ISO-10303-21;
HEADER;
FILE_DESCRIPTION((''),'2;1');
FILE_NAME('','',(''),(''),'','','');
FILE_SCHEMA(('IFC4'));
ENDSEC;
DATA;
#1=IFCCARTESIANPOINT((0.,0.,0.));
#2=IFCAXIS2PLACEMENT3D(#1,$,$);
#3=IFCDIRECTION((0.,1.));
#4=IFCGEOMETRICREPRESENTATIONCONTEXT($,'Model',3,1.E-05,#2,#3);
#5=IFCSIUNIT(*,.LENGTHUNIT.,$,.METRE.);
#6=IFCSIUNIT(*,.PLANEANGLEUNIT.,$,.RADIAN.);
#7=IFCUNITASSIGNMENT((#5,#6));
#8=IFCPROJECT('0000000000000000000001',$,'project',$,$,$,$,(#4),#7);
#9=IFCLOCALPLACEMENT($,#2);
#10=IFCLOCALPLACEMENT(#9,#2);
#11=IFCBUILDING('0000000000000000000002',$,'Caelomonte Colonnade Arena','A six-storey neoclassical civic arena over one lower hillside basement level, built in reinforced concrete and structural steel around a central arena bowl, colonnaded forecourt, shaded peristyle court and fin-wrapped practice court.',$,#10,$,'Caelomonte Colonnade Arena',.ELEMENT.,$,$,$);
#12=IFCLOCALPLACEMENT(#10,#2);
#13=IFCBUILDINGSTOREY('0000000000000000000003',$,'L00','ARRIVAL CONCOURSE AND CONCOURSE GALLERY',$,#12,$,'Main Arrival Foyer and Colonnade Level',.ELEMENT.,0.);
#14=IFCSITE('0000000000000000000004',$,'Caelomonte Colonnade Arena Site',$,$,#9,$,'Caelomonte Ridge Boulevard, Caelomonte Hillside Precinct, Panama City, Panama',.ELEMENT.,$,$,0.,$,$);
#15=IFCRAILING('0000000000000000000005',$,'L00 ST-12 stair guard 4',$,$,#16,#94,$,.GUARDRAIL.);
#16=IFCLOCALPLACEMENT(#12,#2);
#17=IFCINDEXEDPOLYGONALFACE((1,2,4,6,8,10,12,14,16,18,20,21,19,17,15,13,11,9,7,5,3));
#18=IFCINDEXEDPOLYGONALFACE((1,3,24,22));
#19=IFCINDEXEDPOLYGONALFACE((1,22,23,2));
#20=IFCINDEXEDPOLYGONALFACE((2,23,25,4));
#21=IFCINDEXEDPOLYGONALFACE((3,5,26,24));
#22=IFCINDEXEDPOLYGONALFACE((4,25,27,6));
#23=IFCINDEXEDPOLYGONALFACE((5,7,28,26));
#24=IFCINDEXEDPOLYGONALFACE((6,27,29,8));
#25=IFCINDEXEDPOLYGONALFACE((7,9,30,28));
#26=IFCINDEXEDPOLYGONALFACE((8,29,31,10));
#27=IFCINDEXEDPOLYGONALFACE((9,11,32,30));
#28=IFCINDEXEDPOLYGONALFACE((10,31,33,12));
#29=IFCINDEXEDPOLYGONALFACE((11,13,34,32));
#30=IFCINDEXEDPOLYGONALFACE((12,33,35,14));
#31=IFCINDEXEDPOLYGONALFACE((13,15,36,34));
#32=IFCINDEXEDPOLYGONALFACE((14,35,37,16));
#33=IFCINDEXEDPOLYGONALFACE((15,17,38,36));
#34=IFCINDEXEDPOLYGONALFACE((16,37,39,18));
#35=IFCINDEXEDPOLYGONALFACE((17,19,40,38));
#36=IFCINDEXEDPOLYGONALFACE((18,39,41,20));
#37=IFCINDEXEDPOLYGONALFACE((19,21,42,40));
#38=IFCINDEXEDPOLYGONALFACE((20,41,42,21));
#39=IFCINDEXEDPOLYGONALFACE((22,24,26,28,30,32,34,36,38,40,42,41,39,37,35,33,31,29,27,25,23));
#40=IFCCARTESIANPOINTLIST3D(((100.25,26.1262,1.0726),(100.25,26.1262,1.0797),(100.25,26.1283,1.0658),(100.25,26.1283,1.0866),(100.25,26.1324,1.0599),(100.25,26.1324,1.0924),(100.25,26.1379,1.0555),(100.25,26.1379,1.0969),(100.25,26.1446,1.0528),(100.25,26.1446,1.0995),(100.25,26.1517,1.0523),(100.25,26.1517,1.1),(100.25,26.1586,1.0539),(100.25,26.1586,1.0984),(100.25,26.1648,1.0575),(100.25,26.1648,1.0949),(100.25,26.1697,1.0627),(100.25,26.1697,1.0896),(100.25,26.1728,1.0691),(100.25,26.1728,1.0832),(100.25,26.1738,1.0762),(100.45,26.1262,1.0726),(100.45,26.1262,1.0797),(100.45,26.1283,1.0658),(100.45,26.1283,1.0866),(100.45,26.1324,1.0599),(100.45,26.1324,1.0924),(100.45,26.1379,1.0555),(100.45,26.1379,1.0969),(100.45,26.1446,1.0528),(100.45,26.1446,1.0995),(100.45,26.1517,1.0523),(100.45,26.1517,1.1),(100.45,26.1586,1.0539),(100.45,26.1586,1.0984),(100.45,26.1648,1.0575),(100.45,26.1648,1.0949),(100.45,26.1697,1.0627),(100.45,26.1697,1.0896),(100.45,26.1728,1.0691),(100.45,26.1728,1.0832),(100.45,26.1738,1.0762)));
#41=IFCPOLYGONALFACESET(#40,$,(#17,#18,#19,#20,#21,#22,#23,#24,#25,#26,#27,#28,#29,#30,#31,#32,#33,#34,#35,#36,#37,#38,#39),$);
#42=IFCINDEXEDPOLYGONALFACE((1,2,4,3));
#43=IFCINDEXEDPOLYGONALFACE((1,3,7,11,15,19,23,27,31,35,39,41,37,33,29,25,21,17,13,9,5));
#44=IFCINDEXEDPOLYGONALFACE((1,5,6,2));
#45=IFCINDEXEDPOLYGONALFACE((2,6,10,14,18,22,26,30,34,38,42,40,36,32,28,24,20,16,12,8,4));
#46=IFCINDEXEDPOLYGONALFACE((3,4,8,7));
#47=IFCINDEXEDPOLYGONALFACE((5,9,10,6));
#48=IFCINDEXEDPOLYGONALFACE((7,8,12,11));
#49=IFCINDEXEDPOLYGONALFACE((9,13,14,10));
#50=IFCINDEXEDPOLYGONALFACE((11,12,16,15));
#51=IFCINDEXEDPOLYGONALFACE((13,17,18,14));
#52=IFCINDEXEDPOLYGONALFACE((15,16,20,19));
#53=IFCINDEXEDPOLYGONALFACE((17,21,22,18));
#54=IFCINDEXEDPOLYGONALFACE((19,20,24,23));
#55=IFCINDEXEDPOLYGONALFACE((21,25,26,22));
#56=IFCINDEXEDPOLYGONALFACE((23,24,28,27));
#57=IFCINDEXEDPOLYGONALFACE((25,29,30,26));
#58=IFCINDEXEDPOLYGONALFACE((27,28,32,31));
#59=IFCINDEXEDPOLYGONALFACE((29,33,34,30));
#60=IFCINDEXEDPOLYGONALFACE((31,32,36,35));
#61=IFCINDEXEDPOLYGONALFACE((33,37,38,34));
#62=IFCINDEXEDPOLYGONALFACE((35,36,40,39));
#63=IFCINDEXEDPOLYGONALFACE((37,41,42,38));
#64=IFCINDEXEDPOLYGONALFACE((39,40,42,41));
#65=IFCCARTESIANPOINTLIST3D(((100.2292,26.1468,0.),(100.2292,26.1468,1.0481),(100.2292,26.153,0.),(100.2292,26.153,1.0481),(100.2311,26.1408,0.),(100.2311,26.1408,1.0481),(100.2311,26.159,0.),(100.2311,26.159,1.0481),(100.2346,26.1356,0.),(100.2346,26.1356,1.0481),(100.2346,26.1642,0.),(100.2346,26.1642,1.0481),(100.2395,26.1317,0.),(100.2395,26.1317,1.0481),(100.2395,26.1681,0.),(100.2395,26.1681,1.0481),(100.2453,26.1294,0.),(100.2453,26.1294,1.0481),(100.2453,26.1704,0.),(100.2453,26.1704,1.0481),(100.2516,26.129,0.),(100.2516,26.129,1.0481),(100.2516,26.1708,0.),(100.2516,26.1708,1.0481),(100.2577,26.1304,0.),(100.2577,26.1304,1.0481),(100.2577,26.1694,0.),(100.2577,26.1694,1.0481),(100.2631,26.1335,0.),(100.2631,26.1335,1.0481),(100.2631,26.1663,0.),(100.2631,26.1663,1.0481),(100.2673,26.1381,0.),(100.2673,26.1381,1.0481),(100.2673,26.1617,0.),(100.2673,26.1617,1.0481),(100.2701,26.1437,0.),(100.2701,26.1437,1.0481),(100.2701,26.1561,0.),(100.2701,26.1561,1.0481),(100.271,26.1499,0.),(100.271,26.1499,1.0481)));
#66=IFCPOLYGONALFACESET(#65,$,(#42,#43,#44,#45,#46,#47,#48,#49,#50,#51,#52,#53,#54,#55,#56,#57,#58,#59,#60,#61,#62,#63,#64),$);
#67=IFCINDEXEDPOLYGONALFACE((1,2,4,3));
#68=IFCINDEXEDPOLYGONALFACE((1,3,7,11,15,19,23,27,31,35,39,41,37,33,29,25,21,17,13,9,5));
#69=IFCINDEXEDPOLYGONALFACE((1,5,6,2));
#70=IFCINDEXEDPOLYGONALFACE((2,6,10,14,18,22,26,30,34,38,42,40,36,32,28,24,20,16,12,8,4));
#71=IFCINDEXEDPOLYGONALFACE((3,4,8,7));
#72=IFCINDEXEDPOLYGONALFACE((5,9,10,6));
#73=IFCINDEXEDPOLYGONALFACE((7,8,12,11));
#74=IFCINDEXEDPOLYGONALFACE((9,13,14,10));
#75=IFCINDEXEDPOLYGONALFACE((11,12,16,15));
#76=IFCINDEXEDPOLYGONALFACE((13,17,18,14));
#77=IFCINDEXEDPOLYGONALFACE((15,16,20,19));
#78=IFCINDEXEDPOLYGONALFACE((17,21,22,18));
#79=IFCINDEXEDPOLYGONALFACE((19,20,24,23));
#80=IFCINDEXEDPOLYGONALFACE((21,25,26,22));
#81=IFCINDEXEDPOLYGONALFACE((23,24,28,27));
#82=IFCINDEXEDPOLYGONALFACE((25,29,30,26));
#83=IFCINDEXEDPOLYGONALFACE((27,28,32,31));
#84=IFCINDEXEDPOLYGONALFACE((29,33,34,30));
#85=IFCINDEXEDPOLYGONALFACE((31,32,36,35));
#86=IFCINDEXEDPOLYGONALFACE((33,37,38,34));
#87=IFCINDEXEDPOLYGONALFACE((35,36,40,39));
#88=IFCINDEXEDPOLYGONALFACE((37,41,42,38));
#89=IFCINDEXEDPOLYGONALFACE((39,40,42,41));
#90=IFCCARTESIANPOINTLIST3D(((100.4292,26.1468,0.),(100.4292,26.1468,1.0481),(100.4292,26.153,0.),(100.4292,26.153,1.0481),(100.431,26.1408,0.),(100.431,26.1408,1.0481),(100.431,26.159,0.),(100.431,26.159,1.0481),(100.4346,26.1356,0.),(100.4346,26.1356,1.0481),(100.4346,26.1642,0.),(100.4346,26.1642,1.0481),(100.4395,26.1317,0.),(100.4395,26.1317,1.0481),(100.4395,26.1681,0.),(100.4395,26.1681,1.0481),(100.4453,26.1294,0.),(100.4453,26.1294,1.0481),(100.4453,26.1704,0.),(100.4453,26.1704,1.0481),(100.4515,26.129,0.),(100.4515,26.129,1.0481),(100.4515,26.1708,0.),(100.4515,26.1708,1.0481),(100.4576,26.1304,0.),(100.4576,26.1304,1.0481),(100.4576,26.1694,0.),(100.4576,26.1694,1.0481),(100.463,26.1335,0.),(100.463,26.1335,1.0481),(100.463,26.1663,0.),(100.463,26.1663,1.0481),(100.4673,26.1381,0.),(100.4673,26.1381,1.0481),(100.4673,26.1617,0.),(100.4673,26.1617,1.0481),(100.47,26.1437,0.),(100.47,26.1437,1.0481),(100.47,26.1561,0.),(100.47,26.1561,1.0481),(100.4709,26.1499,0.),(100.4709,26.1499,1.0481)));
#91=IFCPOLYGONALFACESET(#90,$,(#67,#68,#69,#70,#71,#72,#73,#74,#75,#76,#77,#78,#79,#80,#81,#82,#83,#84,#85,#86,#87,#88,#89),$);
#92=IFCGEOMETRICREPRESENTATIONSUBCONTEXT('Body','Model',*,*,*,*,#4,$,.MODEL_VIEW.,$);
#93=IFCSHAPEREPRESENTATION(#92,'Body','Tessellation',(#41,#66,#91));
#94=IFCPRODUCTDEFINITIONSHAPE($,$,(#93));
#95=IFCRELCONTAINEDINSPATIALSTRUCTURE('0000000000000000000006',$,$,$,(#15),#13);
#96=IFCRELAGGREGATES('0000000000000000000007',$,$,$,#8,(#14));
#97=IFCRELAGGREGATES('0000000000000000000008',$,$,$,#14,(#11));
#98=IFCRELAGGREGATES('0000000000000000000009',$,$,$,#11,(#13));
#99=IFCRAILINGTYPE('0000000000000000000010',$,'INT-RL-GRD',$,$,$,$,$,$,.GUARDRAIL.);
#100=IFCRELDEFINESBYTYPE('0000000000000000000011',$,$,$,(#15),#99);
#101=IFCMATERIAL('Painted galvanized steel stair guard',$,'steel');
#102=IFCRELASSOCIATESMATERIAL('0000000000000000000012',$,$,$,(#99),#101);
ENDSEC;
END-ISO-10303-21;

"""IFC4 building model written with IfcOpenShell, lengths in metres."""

from ifc_helpers import new_model, si_unit, direction, frame, origin, origin_2d, place, context, subcontext, project, spatial, circle, extrude, material, type_object, element, save


model = new_model("IFC4")

# Units and contexts
model_context = context("Model", 3, precision=1e-05, world=origin(), true_north=direction((0.0, 1.0)))
body_context = subcontext(model_context, "Body", "Model", "MODEL_VIEW")
ifc_project = project(units=[si_unit("LENGTHUNIT", "METRE"), si_unit("PLANEANGLEUNIT", "RADIAN")], contexts=[model_context])

# Site, building, storey
site_placement = place(None, origin())
site = spatial("IfcSite", under=ifc_project, at=site_placement, Name="Caelomonte Colonnade Arena Site", LongName="Caelomonte Ridge Boulevard, Caelomonte Hillside Precinct, Panama City, Panama", CompositionType="ELEMENT", RefElevation=0.0)
building_placement = place(site_placement, origin())
building = spatial("IfcBuilding", under=site, at=building_placement, Name="Caelomonte Colonnade Arena", Description="A six-storey neoclassical civic arena over one lower hillside basement level, built in reinforced concrete and structural steel around a central arena bowl, colonnaded forecourt, shaded peristyle court and fin-wrapped practice court.", LongName="Caelomonte Colonnade Arena", CompositionType="ELEMENT")
storey_placement = place(building_placement, origin())
storey = spatial("IfcBuildingStorey", under=building, at=storey_placement, Name="L00", Description="ARRIVAL CONCOURSE AND CONCOURSE GALLERY", LongName="Main Arrival Foyer and Colonnade Level", CompositionType="ELEMENT", Elevation=0.0)

# Railing
ifc_material_1 = material(Name="Painted galvanized steel stair guard", Category="steel")
railing_type_1 = type_object("IfcRailingType", Name="INT-RL-GRD", PredefinedType="GUARDRAIL", material=ifc_material_1)
railing_1_placement = place(storey_placement, frame((100.25, 26.1499, 0.0)))
element("IfcRailing", 1, at=railing_1_placement, inside=storey, type_object=railing_type_1, Name="L00 ST-12 stair guard 4", PredefinedType="GUARDRAIL", context=body_context, shape_type="SweptSolid", body=[
    extrude(circle(Radius=0.0239, at=origin_2d()), frame((0.0, 0.0, 1.0762), z_axis=(1.0, 0.0, 0.0), x_axis=(0.0, 1.0, 0.0)), (0.0, 0.0, 1.0), 0.2),
    extrude(circle(Radius=0.021, at=origin_2d()), origin(), (0.0, 0.0, 1.0), 1.0481),
    extrude(circle(Radius=0.021, at=origin_2d()), frame((0.2, 0.0, 0.0)), (0.0, 0.0, 1.0), 1.0481),
])

save(model, "model.ifc")
